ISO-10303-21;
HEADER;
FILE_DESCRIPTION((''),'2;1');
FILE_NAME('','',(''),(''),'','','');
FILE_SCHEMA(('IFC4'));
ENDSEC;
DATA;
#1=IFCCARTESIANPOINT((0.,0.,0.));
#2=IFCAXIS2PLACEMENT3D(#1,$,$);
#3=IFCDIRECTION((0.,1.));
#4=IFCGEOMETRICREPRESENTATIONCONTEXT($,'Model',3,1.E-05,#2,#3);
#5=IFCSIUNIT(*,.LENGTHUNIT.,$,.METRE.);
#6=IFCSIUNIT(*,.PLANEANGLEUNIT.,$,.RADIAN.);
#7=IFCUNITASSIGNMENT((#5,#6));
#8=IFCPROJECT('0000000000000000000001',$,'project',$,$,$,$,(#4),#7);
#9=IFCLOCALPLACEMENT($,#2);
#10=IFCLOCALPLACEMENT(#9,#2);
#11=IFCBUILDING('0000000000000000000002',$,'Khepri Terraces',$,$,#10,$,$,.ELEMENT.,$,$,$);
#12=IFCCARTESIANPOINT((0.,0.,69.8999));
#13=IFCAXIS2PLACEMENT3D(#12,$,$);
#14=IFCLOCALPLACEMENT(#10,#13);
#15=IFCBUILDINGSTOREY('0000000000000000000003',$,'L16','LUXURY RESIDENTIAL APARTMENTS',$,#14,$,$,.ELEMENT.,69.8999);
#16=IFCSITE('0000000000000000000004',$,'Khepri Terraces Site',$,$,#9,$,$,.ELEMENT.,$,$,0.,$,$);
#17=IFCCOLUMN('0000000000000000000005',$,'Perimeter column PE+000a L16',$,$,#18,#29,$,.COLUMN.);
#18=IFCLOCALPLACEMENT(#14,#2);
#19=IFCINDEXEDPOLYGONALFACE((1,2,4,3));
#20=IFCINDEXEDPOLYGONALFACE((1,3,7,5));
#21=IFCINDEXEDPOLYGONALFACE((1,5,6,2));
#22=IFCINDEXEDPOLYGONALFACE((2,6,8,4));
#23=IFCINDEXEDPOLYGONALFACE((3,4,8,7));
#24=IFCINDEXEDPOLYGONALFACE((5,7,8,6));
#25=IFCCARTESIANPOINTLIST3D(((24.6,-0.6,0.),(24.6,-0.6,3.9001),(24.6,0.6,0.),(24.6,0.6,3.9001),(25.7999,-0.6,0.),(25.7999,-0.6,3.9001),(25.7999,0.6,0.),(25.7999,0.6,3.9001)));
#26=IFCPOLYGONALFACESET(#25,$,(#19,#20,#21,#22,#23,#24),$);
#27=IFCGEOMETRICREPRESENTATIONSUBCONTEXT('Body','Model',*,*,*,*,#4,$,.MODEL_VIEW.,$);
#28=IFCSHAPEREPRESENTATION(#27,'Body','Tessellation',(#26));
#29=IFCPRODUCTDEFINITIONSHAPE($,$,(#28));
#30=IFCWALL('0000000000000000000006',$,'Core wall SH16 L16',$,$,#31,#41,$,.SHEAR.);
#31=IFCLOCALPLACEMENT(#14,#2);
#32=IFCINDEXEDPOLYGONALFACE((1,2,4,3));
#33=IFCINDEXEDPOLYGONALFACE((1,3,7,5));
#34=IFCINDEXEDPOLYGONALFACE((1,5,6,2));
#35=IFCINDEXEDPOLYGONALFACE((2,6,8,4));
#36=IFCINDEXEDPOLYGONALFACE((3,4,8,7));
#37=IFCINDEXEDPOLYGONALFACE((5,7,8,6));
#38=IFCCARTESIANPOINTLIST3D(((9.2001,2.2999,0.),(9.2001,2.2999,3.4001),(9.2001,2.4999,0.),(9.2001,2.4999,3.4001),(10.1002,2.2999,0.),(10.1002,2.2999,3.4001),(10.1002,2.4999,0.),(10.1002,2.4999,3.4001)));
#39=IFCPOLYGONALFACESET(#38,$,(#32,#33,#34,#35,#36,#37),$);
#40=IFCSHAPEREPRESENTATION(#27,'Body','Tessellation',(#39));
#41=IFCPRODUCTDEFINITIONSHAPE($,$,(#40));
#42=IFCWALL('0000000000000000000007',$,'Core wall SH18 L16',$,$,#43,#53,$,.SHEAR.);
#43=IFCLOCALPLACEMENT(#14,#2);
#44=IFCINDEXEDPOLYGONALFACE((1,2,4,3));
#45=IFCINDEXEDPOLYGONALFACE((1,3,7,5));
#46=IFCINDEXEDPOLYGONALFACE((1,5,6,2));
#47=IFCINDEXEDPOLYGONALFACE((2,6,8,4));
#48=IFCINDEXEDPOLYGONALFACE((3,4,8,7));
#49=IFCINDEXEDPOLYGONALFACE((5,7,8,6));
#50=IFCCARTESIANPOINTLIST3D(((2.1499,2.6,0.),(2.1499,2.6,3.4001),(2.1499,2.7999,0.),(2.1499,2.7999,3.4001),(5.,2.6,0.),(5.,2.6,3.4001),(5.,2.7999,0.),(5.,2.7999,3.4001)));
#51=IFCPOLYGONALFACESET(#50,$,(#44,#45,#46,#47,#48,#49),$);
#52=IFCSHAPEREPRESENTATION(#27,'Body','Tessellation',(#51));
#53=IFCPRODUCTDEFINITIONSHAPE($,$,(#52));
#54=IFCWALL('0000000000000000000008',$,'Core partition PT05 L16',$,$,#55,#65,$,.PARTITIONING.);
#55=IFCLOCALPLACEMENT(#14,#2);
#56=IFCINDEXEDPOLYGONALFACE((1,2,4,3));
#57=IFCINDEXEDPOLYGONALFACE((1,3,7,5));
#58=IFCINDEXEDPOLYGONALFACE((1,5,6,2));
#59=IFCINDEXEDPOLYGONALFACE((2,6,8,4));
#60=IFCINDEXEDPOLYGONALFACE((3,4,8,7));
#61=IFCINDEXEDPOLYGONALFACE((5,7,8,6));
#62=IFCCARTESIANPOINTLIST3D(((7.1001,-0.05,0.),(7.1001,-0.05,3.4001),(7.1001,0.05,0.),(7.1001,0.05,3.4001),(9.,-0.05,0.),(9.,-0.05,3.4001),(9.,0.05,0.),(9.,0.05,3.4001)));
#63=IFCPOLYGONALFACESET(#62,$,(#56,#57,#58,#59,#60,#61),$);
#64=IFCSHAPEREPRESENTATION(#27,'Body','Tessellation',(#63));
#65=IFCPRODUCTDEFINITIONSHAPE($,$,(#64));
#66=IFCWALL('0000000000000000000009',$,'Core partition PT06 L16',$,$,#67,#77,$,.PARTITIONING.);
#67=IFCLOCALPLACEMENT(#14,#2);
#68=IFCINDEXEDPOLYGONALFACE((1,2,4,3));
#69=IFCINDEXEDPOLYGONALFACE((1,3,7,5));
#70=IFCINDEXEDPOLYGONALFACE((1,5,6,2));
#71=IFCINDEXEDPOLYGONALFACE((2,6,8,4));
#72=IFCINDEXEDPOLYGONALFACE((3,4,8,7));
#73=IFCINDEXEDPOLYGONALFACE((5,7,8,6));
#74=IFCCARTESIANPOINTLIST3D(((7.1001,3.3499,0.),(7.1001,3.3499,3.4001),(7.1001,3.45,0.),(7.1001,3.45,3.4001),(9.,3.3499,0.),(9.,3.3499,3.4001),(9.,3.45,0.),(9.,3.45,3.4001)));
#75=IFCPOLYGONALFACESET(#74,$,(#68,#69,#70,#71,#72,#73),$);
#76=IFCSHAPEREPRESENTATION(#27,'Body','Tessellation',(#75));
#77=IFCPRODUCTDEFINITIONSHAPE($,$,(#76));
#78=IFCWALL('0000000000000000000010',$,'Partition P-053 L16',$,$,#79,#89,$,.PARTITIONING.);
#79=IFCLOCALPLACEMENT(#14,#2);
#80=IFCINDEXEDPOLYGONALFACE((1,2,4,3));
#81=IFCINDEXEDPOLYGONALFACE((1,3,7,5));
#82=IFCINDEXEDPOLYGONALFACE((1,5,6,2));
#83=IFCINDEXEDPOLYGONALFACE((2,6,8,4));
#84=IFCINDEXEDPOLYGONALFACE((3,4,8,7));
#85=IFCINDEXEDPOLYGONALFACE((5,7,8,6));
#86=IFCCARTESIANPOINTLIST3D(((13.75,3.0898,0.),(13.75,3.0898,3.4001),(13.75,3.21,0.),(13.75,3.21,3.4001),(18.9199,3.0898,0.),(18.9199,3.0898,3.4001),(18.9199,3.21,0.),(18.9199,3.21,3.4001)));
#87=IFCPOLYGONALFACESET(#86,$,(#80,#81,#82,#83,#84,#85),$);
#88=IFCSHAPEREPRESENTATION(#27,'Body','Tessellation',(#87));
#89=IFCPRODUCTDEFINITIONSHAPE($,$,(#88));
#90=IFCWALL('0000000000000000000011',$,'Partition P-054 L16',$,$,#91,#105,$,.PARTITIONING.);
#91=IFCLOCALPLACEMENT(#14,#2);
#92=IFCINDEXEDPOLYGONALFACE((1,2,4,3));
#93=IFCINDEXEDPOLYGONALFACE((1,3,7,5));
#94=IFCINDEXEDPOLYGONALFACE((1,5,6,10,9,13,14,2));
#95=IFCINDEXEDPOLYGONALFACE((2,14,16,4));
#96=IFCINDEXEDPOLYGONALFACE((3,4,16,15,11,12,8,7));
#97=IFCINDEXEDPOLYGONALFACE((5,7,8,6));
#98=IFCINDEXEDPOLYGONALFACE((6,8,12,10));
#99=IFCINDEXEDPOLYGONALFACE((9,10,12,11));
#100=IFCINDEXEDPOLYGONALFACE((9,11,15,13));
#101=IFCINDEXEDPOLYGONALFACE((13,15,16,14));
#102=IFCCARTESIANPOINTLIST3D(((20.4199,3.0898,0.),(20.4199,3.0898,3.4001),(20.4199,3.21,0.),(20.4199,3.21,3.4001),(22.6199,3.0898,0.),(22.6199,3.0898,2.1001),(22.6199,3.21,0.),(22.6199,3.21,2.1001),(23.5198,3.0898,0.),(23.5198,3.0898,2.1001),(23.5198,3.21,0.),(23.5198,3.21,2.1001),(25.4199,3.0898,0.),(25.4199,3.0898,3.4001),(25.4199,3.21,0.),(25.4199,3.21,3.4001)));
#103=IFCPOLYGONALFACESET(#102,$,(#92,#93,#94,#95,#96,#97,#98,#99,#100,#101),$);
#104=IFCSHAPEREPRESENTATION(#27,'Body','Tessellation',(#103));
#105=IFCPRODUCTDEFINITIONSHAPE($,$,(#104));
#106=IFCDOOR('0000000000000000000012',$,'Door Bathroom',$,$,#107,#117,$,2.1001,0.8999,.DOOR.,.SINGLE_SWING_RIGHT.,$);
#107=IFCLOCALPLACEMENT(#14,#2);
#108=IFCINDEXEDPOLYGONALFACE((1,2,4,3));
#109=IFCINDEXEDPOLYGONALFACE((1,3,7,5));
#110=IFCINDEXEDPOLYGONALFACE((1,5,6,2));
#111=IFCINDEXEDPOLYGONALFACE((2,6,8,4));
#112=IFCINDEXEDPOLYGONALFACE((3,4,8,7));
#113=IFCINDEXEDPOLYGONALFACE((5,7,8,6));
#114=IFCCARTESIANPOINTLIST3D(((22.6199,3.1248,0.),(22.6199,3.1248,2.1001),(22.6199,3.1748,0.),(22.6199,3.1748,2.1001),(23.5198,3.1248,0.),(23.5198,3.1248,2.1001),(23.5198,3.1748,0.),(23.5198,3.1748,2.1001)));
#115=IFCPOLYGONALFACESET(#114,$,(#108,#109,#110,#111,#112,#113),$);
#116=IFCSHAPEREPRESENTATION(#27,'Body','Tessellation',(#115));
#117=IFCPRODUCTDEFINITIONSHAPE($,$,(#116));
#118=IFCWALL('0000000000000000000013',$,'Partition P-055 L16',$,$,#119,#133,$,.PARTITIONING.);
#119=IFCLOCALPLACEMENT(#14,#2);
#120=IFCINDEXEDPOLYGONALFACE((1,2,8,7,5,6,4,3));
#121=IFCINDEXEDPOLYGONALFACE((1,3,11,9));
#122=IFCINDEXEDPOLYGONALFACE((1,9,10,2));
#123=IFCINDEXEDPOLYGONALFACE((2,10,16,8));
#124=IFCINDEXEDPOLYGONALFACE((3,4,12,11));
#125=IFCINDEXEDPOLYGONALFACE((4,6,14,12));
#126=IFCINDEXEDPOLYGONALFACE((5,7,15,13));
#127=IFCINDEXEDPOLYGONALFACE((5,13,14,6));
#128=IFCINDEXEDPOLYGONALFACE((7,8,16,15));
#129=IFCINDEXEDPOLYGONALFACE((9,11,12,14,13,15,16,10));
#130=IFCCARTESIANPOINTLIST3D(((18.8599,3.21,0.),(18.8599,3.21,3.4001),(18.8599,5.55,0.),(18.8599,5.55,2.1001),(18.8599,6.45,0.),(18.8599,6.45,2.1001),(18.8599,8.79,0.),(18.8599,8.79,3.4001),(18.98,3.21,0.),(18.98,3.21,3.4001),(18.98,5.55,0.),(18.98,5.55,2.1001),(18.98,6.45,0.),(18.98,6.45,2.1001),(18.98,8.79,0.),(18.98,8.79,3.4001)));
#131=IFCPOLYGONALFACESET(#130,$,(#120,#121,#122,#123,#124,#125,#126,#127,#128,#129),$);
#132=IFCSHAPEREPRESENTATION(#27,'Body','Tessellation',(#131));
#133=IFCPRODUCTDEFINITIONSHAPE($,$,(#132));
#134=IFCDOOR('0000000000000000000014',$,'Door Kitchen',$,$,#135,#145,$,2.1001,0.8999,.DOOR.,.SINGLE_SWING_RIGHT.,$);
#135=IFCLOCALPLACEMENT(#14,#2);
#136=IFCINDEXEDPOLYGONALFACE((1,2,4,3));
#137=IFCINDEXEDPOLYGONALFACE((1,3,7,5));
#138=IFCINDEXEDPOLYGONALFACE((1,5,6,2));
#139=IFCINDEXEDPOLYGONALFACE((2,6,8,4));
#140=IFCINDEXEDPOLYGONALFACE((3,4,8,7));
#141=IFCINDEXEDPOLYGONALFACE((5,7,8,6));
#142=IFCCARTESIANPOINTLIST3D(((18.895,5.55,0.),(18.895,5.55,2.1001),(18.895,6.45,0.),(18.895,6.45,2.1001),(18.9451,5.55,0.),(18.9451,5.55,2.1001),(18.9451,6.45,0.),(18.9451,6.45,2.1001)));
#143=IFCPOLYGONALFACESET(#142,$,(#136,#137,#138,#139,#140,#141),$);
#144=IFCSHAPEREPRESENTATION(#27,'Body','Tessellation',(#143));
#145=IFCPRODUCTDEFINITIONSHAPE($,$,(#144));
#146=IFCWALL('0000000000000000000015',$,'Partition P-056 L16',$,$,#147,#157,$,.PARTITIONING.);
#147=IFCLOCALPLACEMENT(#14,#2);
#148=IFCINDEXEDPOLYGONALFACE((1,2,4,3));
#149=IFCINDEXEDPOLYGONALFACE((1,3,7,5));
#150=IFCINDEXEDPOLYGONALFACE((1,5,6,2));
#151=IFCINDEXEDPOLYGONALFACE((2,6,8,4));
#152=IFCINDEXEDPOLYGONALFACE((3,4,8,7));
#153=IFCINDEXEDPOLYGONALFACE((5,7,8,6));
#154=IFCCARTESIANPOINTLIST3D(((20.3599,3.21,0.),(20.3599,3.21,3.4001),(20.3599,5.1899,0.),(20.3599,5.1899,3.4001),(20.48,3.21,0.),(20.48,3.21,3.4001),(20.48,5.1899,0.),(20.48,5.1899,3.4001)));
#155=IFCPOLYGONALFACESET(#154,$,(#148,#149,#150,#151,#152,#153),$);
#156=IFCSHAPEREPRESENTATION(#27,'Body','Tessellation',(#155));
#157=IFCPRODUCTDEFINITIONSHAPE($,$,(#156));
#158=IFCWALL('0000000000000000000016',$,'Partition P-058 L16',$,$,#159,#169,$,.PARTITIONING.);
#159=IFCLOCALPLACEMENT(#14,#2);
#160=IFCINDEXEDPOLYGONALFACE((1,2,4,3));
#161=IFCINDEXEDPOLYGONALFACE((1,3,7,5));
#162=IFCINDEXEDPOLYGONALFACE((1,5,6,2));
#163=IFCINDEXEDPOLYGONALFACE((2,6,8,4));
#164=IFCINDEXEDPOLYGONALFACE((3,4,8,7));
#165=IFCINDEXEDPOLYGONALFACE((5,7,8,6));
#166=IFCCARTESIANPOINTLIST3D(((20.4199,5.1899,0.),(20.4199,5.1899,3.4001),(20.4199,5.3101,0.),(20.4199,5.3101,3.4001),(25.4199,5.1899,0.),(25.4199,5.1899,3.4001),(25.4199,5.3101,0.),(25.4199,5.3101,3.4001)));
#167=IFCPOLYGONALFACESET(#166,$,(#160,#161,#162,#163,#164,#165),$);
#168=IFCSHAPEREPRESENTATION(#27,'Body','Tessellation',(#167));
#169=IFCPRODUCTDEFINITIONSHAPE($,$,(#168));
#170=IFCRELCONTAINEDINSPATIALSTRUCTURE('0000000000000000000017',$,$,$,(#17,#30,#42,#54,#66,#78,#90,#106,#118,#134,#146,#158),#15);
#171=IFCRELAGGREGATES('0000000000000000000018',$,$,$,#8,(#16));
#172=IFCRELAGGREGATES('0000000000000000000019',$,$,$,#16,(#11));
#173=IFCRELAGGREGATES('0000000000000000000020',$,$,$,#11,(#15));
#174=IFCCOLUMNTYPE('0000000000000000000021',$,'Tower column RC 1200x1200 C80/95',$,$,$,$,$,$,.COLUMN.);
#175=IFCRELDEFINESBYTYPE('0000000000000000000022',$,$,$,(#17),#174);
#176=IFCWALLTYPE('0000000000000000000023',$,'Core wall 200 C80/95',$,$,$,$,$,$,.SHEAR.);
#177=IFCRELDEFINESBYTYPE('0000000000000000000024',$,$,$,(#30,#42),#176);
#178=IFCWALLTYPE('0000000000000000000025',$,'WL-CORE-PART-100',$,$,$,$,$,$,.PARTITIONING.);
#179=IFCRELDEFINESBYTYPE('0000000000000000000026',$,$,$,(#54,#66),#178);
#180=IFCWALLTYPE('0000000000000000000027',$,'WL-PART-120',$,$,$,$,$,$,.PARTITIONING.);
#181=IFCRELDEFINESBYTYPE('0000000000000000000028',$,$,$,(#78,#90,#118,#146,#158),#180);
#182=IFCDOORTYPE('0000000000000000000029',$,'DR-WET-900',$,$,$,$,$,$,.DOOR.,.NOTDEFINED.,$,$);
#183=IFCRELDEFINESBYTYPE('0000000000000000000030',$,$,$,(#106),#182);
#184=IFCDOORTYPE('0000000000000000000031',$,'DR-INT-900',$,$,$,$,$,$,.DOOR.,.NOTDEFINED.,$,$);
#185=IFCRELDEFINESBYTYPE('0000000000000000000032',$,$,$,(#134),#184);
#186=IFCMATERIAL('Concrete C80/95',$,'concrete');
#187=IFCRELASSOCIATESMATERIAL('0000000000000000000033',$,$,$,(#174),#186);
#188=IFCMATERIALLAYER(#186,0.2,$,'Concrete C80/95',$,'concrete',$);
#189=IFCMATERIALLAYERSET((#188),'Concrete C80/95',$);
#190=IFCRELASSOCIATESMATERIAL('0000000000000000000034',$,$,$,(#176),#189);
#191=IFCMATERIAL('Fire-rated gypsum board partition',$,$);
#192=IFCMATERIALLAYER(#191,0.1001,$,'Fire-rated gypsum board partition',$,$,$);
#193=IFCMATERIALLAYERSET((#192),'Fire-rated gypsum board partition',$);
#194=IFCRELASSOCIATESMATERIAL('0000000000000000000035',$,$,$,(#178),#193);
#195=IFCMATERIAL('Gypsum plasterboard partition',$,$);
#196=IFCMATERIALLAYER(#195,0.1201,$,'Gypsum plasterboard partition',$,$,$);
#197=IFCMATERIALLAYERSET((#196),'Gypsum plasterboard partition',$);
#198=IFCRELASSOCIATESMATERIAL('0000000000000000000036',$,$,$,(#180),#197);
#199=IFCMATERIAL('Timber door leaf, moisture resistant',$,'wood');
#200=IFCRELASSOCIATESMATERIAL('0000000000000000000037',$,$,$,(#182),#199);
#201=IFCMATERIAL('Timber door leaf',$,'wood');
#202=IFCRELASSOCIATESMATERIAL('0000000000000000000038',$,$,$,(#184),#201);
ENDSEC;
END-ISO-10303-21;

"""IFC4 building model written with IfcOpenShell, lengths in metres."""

from ifc_helpers import new_model, si_unit, direction, frame, frame_2d, origin, origin_2d, place, context, subcontext, project, spatial, rectangle, extrude, material, layer, layer_set, material_profile, profile_set, type_object, element, fill, save


model = new_model("IFC4")

# Units and contexts
model_context = context("Model", 3, precision=1e-05, world=origin(), true_north=direction((0.0, 1.0)))
body_context = subcontext(model_context, "Body", "Model", "MODEL_VIEW")
ifc_project = project(units=[si_unit("LENGTHUNIT", "METRE"), si_unit("PLANEANGLEUNIT", "RADIAN")], contexts=[model_context])

# Site, building, storey
site_placement = place(None, origin())
site = spatial("IfcSite", under=ifc_project, at=site_placement, Name="Khepri Terraces Site", CompositionType="ELEMENT", RefElevation=0.0)
building_placement = place(site_placement, origin())
building = spatial("IfcBuilding", under=site, at=building_placement, Name="Khepri Terraces", CompositionType="ELEMENT")
storey_placement = place(building_placement, frame((0.0, 0.0, 69.8999)))
storey = spatial("IfcBuildingStorey", under=building, at=storey_placement, Name="L16", Description="LUXURY RESIDENTIAL APARTMENTS", CompositionType="ELEMENT", Elevation=69.8999)

# Column
ifc_material_1 = material(Name="Concrete C80/95", Category="concrete")
ifc_material_profile = material_profile(ifc_material_1, rectangle(XDim=1.2, YDim=1.2, at=origin_2d()), Name="Concrete C80/95", Category="concrete")
ifc_profile_set = profile_set([ifc_material_profile], Name="Concrete C80/95")
column_type = type_object("IfcColumnType", Name="Tower column RC 1200x1200 C80/95", PredefinedType="COLUMN", material=ifc_profile_set)
column_placement = place(storey_placement, frame((25.2, 0.0, 0.0), z_axis=(0.0, 0.0, 1.0), x_axis=(1.0, 0.0, 0.0)))
element("IfcColumn", 1, at=column_placement, inside=storey, type_object=column_type, Name="Perimeter column PE+000a L16", PredefinedType="COLUMN", context=body_context, shape_type="SweptSolid", body=[
    extrude(rectangle(XDim=1.2, YDim=1.2, at=origin_2d()), origin(), (0.0, 0.0, 1.0), 3.9001),
])

# Walls
ifc_layer_1 = layer(ifc_material_1, 0.2, Name="Concrete C80/95", Category="concrete")
ifc_layer_set_1 = layer_set([ifc_layer_1], Name="Concrete C80/95")
wall_type_1 = type_object("IfcWallType", Name="Core wall 200 C80/95", PredefinedType="SHEAR", material=ifc_layer_set_1)
wall_1_placement = place(storey_placement, frame((9.2, 2.3999, 0.0), z_axis=(0.0, 0.0, 1.0), x_axis=(1.0, 0.0, 0.0)))
element("IfcWall", 2, at=wall_1_placement, inside=storey, type_object=wall_type_1, Name="Core wall SH16 L16", PredefinedType="SHEAR", context=body_context, shape_type="SweptSolid", body=[
    extrude(rectangle(XDim=0.9001, YDim=0.2, at=frame_2d((0.4502, 0.0))), origin(), (0.0, 0.0, 1.0), 3.4001),
])
wall_2_placement = place(storey_placement, frame((2.1499, 2.7, 0.0), z_axis=(0.0, 0.0, 1.0), x_axis=(1.0, 0.0, 0.0)))
element("IfcWall", 3, at=wall_2_placement, inside=storey, type_object=wall_type_1, Name="Core wall SH18 L16", PredefinedType="SHEAR", context=body_context, shape_type="SweptSolid", body=[
    extrude(rectangle(XDim=2.8501, YDim=0.2, at=frame_2d((1.425, 0.0))), origin(), (0.0, 0.0, 1.0), 3.4001),
])
ifc_material_2 = material(Name="Fire-rated gypsum board partition")
ifc_layer_2 = layer(ifc_material_2, 0.1001, Name="Fire-rated gypsum board partition")
ifc_layer_set_2 = layer_set([ifc_layer_2], Name="Fire-rated gypsum board partition")
wall_type_2 = type_object("IfcWallType", Name="WL-CORE-PART-100", PredefinedType="PARTITIONING", material=ifc_layer_set_2)
for number, where, z_axis, x_axis, name in (
    (4, (7.1001, 0.0, 0.0), (0.0, 0.0, 1.0), (1.0, 0.0, 0.0), "Core partition PT05 L16"),
    (5, (7.1001, 3.3999, 0.0), (0.0, 0.0, 1.0), (1.0, 0.0, 0.0), "Core partition PT06 L16"),
):
    element("IfcWall", number, at=place(storey_placement, frame(where, z_axis=z_axis, x_axis=x_axis)), inside=storey, type_object=wall_type_2, Name=name, PredefinedType="PARTITIONING", context=body_context, shape_type="SweptSolid", body=[
        extrude(rectangle(XDim=1.8999, YDim=0.1001, at=frame_2d((0.95, 0.0))), origin(), (0.0, 0.0, 1.0), 3.4001),
    ])

# Wall
ifc_material_3 = material(Name="Gypsum plasterboard partition")
ifc_layer_3 = layer(ifc_material_3, 0.1201, Name="Gypsum plasterboard partition")
ifc_layer_set_3 = layer_set([ifc_layer_3], Name="Gypsum plasterboard partition")
wall_type_3 = type_object("IfcWallType", Name="WL-PART-120", PredefinedType="PARTITIONING", material=ifc_layer_set_3)
wall_3_placement = place(storey_placement, frame((13.75, 3.1499, 0.0), z_axis=(0.0, 0.0, 1.0), x_axis=(1.0, 0.0, 0.0)))
element("IfcWall", 6, at=wall_3_placement, inside=storey, type_object=wall_type_3, Name="Partition P-053 L16", PredefinedType="PARTITIONING", context=body_context, shape_type="SweptSolid", body=[
    extrude(rectangle(XDim=5.1699, YDim=0.1201, at=frame_2d((2.585, 0.0))), origin(), (0.0, 0.0, 1.0), 3.4001),
])

# Walls, openings, doors
wall_4_placement = place(storey_placement, frame((20.4199, 3.1499, 0.0), z_axis=(0.0, 0.0, 1.0), x_axis=(1.0, 0.0, 0.0)))
wall_4 = element("IfcWall", 7, at=wall_4_placement, inside=storey, type_object=wall_type_3, Name="Partition P-054 L16", PredefinedType="PARTITIONING", context=body_context, shape_type="SweptSolid", body=[
    extrude(rectangle(XDim=5.0, YDim=0.1201, at=frame_2d((2.5, 0.0))), origin(), (0.0, 0.0, 1.0), 3.4001),
])
opening_1_placement = place(wall_4_placement, frame((2.2, 0.0, 0.0)))
opening_1 = element("IfcOpeningElement", 8, at=opening_1_placement, cuts=wall_4, PredefinedType="OPENING", context=body_context, shape_type="SweptSolid", body=[
    extrude(rectangle(XDim=0.8999, YDim=2.1001, at=frame_2d((0.45, 1.05))), frame((0.0, 0.0701, 0.0), z_axis=(0.0, -1.0, 0.0), x_axis=(1.0, 0.0, 0.0)), (0.0, 0.0, 1.0), 0.1401),
])
ifc_material_4 = material(Name="Timber door leaf, moisture resistant", Category="wood")
door_type_1 = type_object("IfcDoorType", Name="DR-WET-900", OperationType="NOTDEFINED", PredefinedType="DOOR", material=ifc_material_4)
door_1_placement = place(opening_1_placement, origin())
door_1 = element("IfcDoor", 9, at=door_1_placement, inside=storey, type_object=door_type_1, Name="Door Bathroom", OperationType="SINGLE_SWING_RIGHT", OverallHeight=2.1001, OverallWidth=0.8999, PredefinedType="DOOR", context=body_context, shape_type="SweptSolid", body=[
    extrude(rectangle(XDim=0.8999, YDim=2.1001, at=frame_2d((0.45, 1.05))), frame((0.0, 0.0249, 0.0), z_axis=(0.0, -1.0, 0.0), x_axis=(1.0, 0.0, 0.0)), (0.0, 0.0, 1.0), 0.05),
])
fill(opening_1, door_1)
wall_5_placement = place(storey_placement, frame((18.9199, 3.21, 0.0), z_axis=(0.0, 0.0, 1.0), x_axis=(0.0, 1.0, 0.0)))
wall_5 = element("IfcWall", 10, at=wall_5_placement, inside=storey, type_object=wall_type_3, Name="Partition P-055 L16", PredefinedType="PARTITIONING", context=body_context, shape_type="SweptSolid", body=[
    extrude(rectangle(XDim=5.5801, YDim=0.1201, at=frame_2d((2.79, 0.0))), origin(), (0.0, 0.0, 1.0), 3.4001),
])
opening_2_placement = place(wall_5_placement, frame((2.3401, 0.0, 0.0)))
opening_2 = element("IfcOpeningElement", 11, at=opening_2_placement, cuts=wall_5, PredefinedType="OPENING", context=body_context, shape_type="SweptSolid", body=[
    extrude(rectangle(XDim=0.8999, YDim=2.1001, at=frame_2d((0.45, 1.05))), frame((0.0, 0.0701, 0.0), z_axis=(0.0, -1.0, 0.0), x_axis=(1.0, 0.0, 0.0)), (0.0, 0.0, 1.0), 0.1401),
])
ifc_material_5 = material(Name="Timber door leaf", Category="wood")
door_type_2 = type_object("IfcDoorType", Name="DR-INT-900", OperationType="NOTDEFINED", PredefinedType="DOOR", material=ifc_material_5)
door_2_placement = place(opening_2_placement, origin())
door_2 = element("IfcDoor", 12, at=door_2_placement, inside=storey, type_object=door_type_2, Name="Door Kitchen", OperationType="SINGLE_SWING_RIGHT", OverallHeight=2.1001, OverallWidth=0.8999, PredefinedType="DOOR", context=body_context, shape_type="SweptSolid", body=[
    extrude(rectangle(XDim=0.8999, YDim=2.1001, at=frame_2d((0.45, 1.05))), frame((0.0, 0.0249, 0.0), z_axis=(0.0, -1.0, 0.0), x_axis=(1.0, 0.0, 0.0)), (0.0, 0.0, 1.0), 0.05),
])
fill(opening_2, door_2)

# Walls
wall_6_placement = place(storey_placement, frame((20.4199, 3.21, 0.0), z_axis=(0.0, 0.0, 1.0), x_axis=(0.0, 1.0, 0.0)))
element("IfcWall", 13, at=wall_6_placement, inside=storey, type_object=wall_type_3, Name="Partition P-056 L16", PredefinedType="PARTITIONING", context=body_context, shape_type="SweptSolid", body=[
    extrude(rectangle(XDim=1.98, YDim=0.1201, at=frame_2d((0.99, 0.0))), origin(), (0.0, 0.0, 1.0), 3.4001),
])
wall_7_placement = place(storey_placement, frame((20.4199, 5.25, 0.0), z_axis=(0.0, 0.0, 1.0), x_axis=(1.0, 0.0, 0.0)))
element("IfcWall", 14, at=wall_7_placement, inside=storey, type_object=wall_type_3, Name="Partition P-058 L16", PredefinedType="PARTITIONING", context=body_context, shape_type="SweptSolid", body=[
    extrude(rectangle(XDim=5.0, YDim=0.1201, at=frame_2d((2.5, 0.0))), origin(), (0.0, 0.0, 1.0), 3.4001),
])

save(model, "model.ifc")
